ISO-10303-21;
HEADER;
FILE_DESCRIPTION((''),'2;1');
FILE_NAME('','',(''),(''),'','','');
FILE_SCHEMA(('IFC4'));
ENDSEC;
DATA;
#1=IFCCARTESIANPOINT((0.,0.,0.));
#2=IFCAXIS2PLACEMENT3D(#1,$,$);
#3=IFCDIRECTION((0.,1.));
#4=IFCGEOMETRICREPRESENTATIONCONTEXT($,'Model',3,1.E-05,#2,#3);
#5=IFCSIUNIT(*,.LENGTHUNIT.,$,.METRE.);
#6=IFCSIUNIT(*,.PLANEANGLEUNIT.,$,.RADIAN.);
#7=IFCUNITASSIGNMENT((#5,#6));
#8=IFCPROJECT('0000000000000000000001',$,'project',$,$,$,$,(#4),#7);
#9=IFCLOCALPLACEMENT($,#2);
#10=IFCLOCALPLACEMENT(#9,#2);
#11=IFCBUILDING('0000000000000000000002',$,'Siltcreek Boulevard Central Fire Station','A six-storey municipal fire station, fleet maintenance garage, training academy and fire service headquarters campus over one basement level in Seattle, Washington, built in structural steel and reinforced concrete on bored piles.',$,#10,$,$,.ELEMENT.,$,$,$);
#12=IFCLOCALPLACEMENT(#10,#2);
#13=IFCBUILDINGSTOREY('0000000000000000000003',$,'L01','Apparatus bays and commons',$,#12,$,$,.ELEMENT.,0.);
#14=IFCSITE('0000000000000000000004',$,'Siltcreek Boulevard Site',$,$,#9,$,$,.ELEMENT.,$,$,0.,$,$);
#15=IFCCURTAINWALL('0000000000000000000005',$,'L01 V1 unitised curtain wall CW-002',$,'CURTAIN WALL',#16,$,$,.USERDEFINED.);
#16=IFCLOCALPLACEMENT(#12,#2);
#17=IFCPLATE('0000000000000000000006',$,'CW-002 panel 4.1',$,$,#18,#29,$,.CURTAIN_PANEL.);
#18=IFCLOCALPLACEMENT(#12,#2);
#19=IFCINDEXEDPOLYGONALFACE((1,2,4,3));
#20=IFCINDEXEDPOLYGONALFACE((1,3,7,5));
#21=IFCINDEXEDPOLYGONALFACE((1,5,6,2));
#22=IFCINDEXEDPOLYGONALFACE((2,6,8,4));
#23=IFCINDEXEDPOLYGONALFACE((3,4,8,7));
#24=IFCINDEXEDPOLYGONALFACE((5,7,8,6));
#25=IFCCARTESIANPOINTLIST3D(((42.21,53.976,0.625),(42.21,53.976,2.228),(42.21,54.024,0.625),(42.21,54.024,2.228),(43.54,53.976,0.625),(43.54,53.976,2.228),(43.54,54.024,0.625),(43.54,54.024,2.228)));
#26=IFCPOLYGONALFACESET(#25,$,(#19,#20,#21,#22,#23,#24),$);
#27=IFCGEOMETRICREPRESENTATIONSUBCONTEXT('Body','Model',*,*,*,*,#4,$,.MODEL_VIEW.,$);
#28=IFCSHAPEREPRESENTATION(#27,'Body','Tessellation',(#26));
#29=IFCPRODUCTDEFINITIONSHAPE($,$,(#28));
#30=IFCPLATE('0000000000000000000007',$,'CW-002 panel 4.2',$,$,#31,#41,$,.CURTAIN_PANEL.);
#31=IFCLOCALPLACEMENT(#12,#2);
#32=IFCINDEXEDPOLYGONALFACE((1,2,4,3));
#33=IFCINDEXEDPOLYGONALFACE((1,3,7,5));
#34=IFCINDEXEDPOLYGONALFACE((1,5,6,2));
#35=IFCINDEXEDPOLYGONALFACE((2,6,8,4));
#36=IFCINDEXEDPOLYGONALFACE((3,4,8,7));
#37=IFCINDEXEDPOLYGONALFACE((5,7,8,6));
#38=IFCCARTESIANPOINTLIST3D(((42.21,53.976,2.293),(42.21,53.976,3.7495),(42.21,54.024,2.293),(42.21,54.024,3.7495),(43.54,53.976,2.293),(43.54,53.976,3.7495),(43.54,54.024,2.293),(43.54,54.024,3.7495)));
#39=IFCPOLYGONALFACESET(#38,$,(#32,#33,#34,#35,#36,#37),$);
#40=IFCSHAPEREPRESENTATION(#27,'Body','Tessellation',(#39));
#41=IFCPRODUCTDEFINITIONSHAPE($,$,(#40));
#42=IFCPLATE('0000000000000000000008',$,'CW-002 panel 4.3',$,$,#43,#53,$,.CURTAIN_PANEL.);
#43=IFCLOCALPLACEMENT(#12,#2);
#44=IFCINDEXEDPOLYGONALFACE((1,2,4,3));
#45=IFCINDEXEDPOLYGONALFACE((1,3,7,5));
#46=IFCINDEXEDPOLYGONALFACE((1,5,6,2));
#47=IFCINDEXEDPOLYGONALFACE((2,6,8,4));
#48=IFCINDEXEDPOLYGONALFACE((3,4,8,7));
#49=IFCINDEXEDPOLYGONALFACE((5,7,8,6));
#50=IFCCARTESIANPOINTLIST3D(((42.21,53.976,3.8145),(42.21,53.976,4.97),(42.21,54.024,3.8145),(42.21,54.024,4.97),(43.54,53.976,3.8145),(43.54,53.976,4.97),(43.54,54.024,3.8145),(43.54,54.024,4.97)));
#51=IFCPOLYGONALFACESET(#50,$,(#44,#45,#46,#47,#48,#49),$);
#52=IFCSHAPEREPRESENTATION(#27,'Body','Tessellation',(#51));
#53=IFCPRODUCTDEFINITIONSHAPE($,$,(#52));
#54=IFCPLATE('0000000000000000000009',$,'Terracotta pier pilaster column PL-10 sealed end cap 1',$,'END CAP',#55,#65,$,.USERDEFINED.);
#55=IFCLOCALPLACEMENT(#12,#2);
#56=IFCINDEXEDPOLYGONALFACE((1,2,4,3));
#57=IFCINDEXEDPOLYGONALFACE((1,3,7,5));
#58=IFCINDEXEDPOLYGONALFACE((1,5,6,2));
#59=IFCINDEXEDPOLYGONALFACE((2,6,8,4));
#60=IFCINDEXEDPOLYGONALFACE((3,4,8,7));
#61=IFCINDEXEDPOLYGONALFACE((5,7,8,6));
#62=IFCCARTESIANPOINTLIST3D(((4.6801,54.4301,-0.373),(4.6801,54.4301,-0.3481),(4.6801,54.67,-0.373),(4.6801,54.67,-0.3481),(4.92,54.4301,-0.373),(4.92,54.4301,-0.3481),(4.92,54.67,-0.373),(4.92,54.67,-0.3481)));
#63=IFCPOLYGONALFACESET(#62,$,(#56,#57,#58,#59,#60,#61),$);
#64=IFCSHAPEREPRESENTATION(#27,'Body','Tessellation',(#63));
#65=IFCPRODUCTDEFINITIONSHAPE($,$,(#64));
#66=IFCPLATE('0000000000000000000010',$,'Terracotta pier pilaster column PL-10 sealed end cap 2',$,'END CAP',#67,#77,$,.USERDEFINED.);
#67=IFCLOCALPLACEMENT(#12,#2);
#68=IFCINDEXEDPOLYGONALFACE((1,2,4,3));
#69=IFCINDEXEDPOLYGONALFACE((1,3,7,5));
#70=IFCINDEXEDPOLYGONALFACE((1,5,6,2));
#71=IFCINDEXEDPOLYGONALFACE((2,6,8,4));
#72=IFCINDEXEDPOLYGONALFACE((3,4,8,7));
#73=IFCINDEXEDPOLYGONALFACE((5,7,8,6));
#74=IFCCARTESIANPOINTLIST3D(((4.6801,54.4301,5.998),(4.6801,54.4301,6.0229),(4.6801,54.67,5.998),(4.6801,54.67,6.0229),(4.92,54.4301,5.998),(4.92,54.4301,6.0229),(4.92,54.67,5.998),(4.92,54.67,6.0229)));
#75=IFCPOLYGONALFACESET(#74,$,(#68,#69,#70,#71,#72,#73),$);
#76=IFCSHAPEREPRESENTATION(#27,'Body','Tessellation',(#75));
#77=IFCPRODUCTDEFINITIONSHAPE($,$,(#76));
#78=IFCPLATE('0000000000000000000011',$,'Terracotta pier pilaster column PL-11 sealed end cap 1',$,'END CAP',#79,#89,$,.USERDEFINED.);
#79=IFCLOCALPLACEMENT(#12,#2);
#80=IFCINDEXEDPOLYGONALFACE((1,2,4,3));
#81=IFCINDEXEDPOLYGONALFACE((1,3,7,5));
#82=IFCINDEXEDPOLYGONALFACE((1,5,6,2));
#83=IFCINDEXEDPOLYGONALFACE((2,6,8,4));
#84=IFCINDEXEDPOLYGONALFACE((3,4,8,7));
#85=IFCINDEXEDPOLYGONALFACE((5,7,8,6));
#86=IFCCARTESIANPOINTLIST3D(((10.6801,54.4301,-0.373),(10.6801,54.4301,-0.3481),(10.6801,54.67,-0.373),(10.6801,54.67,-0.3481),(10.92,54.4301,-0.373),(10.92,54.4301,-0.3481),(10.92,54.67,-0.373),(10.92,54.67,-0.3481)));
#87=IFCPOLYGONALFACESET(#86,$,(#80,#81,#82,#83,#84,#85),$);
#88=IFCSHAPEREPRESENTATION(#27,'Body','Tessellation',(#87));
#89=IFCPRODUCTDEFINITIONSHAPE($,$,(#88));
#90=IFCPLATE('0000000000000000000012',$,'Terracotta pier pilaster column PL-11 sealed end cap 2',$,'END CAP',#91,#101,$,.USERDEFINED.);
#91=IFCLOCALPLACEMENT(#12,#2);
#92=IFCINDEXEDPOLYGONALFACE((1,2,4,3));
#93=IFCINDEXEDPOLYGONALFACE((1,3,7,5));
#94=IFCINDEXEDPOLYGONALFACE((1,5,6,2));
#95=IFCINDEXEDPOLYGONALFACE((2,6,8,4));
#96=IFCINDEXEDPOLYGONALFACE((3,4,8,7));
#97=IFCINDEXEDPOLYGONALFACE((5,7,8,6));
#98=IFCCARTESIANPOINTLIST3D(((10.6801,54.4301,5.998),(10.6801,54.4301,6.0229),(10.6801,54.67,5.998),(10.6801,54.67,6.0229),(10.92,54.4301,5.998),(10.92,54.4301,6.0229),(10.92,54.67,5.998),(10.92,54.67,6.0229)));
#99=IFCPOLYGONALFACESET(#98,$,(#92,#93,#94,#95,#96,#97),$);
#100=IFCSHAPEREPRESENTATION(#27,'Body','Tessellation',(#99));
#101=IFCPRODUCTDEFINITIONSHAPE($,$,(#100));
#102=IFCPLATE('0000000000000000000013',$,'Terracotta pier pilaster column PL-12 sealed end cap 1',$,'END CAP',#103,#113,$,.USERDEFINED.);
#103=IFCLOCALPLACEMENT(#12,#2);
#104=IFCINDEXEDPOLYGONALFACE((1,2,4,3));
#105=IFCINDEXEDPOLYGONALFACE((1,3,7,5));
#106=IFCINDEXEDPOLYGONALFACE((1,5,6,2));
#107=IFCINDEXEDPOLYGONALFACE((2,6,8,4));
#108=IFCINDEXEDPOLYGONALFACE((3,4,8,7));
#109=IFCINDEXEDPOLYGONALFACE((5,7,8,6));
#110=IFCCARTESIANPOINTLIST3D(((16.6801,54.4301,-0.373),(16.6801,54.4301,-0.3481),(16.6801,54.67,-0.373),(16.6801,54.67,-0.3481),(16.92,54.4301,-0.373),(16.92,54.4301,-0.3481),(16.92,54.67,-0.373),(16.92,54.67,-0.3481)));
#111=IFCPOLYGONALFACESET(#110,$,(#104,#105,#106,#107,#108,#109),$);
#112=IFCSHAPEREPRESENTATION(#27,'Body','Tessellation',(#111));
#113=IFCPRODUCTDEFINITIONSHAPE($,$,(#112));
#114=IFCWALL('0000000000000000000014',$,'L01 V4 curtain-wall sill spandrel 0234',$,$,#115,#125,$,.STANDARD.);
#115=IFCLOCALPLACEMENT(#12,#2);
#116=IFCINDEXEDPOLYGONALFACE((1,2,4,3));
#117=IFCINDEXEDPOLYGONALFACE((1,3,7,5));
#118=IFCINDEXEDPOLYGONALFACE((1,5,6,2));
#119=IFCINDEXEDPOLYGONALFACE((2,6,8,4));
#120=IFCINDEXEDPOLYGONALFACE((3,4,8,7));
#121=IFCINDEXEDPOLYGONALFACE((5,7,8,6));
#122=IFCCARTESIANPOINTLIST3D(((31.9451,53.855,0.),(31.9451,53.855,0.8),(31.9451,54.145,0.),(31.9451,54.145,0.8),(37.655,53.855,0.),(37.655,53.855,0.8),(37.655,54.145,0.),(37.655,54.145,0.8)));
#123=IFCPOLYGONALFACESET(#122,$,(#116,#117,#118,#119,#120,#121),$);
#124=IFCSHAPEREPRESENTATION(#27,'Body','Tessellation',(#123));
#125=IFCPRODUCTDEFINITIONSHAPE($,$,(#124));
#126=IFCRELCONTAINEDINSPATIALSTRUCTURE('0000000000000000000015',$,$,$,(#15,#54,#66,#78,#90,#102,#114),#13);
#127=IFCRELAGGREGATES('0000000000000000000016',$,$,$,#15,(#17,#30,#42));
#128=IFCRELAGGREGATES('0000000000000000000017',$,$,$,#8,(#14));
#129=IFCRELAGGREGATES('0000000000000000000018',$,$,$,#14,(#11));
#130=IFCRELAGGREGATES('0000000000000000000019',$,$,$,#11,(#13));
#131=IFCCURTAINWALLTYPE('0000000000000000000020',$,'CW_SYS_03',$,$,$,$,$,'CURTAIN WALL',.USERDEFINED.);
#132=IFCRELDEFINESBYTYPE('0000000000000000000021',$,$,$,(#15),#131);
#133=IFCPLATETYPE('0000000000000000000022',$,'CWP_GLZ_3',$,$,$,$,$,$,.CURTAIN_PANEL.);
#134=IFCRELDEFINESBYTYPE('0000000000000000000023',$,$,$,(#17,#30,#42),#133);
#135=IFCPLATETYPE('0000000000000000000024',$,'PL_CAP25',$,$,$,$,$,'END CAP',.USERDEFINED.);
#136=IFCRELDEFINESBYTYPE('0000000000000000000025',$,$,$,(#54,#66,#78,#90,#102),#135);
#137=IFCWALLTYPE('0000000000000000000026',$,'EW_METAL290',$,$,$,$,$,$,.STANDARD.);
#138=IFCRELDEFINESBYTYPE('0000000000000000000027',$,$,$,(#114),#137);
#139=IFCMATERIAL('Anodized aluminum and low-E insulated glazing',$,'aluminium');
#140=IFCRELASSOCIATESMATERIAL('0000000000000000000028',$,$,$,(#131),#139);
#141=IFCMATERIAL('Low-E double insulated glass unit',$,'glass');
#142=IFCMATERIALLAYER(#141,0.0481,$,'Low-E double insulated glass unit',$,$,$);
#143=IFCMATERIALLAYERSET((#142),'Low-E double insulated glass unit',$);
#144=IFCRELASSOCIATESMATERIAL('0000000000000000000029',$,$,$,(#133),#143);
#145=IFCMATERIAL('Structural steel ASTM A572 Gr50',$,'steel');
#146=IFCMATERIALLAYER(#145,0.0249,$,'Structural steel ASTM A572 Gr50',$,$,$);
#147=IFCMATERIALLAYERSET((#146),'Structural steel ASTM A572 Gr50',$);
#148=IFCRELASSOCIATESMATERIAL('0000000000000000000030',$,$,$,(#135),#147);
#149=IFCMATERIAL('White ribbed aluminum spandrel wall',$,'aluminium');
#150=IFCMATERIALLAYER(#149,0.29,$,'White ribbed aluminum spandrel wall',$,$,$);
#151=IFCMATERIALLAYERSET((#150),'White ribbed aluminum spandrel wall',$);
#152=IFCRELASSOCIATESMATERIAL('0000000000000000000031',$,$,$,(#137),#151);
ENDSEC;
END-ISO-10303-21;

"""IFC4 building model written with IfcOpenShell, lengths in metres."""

from ifc_helpers import new_model, si_unit, direction, frame, frame_2d, origin, origin_2d, place, context, subcontext, project, spatial, rectangle, extrude, material, layer, layer_set, type_object, element, aggregate, save


model = new_model("IFC4")

# Units and contexts
model_context = context("Model", 3, precision=1e-05, world=origin(), true_north=direction((0.0, 1.0)))
body_context = subcontext(model_context, "Body", "Model", "MODEL_VIEW")
ifc_project = project(units=[si_unit("LENGTHUNIT", "METRE"), si_unit("PLANEANGLEUNIT", "RADIAN")], contexts=[model_context])

# Site, building, storey
site_placement = place(None, origin())
site = spatial("IfcSite", under=ifc_project, at=site_placement, Name="Siltcreek Boulevard Site", CompositionType="ELEMENT", RefElevation=0.0)
building_placement = place(site_placement, origin())
building = spatial("IfcBuilding", under=site, at=building_placement, Name="Siltcreek Boulevard Central Fire Station", Description="A six-storey municipal fire station, fleet maintenance garage, training academy and fire service headquarters campus over one basement level in Seattle, Washington, built in structural steel and reinforced concrete on bored piles.", CompositionType="ELEMENT")
storey_placement = place(building_placement, origin())
storey = spatial("IfcBuildingStorey", under=building, at=storey_placement, Name="L01", Description="Apparatus bays and commons", CompositionType="ELEMENT", Elevation=0.0)

# Curtain wall
ifc_material_1 = material(Name="Anodized aluminum and low-E insulated glazing", Category="aluminium")
curtain_wall_type_1 = type_object("IfcCurtainWallType", Name="CW_SYS_03", ElementType="CURTAIN WALL", PredefinedType="USERDEFINED", material=ifc_material_1)
curtain_wall_1_placement = place(storey_placement, origin())
curtain_wall_1 = element("IfcCurtainWall", 1, at=curtain_wall_1_placement, inside=storey, type_object=curtain_wall_type_1, Name="L01 V1 unitised curtain wall CW-002", ObjectType="CURTAIN WALL", PredefinedType="USERDEFINED")

# Plates
ifc_material_2 = material(Name="Low-E double insulated glass unit", Category="glass")
ifc_layer_1 = layer(ifc_material_2, 0.0481, Name="Low-E double insulated glass unit")
ifc_layer_set_1 = layer_set([ifc_layer_1], Name="Low-E double insulated glass unit")
plate_type_1 = type_object("IfcPlateType", Name="CWP_GLZ_3", PredefinedType="CURTAIN_PANEL", material=ifc_layer_set_1)
plate_1_placement = place(storey_placement, frame((42.875, 54.0, 0.625), z_axis=(0.0, 0.0, 1.0), x_axis=(-1.0, 0.0, 0.0)))
plate_1 = element("IfcPlate", 2, at=plate_1_placement, type_object=plate_type_1, Name="CW-002 panel 4.1", PredefinedType="CURTAIN_PANEL", context=body_context, shape_type="SweptSolid", body=[
    extrude(rectangle(XDim=1.3301, YDim=0.0481, at=origin_2d()), origin(), (0.0, 0.0, 1.0), 1.603),
])
plate_2_placement = place(storey_placement, frame((42.875, 54.0, 2.293), z_axis=(0.0, 0.0, 1.0), x_axis=(-1.0, 0.0, 0.0)))
plate_2 = element("IfcPlate", 3, at=plate_2_placement, type_object=plate_type_1, Name="CW-002 panel 4.2", PredefinedType="CURTAIN_PANEL", context=body_context, shape_type="SweptSolid", body=[
    extrude(rectangle(XDim=1.3301, YDim=0.0481, at=origin_2d()), origin(), (0.0, 0.0, 1.0), 1.4565),
])
plate_3_placement = place(storey_placement, frame((42.875, 54.0, 3.8145), z_axis=(0.0, 0.0, 1.0), x_axis=(-1.0, 0.0, 0.0)))
plate_3 = element("IfcPlate", 4, at=plate_3_placement, type_object=plate_type_1, Name="CW-002 panel 4.3", PredefinedType="CURTAIN_PANEL", context=body_context, shape_type="SweptSolid", body=[
    extrude(rectangle(XDim=1.3301, YDim=0.0481, at=origin_2d()), origin(), (0.0, 0.0, 1.0), 1.1555),
])
aggregate(curtain_wall_1, [plate_1, plate_2, plate_3])

# Plates
ifc_material_3 = material(Name="Structural steel ASTM A572 Gr50", Category="steel")
ifc_layer_2 = layer(ifc_material_3, 0.0249, Name="Structural steel ASTM A572 Gr50")
ifc_layer_set_2 = layer_set([ifc_layer_2], Name="Structural steel ASTM A572 Gr50")
plate_type_2 = type_object("IfcPlateType", Name="PL_CAP25", ElementType="END CAP", PredefinedType="USERDEFINED", material=ifc_layer_set_2)
for number, where, z_axis, x_axis, name in (
    (5, (4.8, 54.55, -0.373), (0.0, 0.0, 1.0), (1.0, 0.0, 0.0), "Terracotta pier pilaster column PL-10 sealed end cap 1"),
    (6, (4.8, 54.55, 5.998), (0.0, 0.0, 1.0), (1.0, 0.0, 0.0), "Terracotta pier pilaster column PL-10 sealed end cap 2"),
    (7, (10.8, 54.55, -0.373), (0.0, 0.0, 1.0), (1.0, 0.0, 0.0), "Terracotta pier pilaster column PL-11 sealed end cap 1"),
    (8, (10.8, 54.55, 5.998), (0.0, 0.0, 1.0), (1.0, 0.0, 0.0), "Terracotta pier pilaster column PL-11 sealed end cap 2"),
    (9, (16.8, 54.55, -0.373), (0.0, 0.0, 1.0), (1.0, 0.0, 0.0), "Terracotta pier pilaster column PL-12 sealed end cap 1"),
):
    element("IfcPlate", number, at=place(storey_placement, frame(where, z_axis=z_axis, x_axis=x_axis)), inside=storey, type_object=plate_type_2, Name=name, ObjectType="END CAP", PredefinedType="USERDEFINED", context=body_context, shape_type="SweptSolid", body=[
        extrude(rectangle(XDim=0.24, YDim=0.24, at=origin_2d()), origin(), (0.0, 0.0, 1.0), 0.0249),
    ])

# Wall
ifc_material_4 = material(Name="White ribbed aluminum spandrel wall", Category="aluminium")
ifc_layer_3 = layer(ifc_material_4, 0.29, Name="White ribbed aluminum spandrel wall")
ifc_layer_set_3 = layer_set([ifc_layer_3], Name="White ribbed aluminum spandrel wall")
wall_type = type_object("IfcWallType", Name="EW_METAL290", PredefinedType="STANDARD", material=ifc_layer_set_3)
wall_placement = place(storey_placement, frame((37.655, 54.0, 0.0), z_axis=(0.0, 0.0, 1.0), x_axis=(-1.0, 0.0, 0.0)))
element("IfcWall", 10, at=wall_placement, inside=storey, type_object=wall_type, Name="L01 V4 curtain-wall sill spandrel 0234", PredefinedType="STANDARD", context=body_context, shape_type="SweptSolid", body=[
    extrude(rectangle(XDim=5.71, YDim=0.29, at=frame_2d((2.855, 0.0))), origin(), (0.0, 0.0, 1.0), 0.8),
])

save(model, "model.ifc")
